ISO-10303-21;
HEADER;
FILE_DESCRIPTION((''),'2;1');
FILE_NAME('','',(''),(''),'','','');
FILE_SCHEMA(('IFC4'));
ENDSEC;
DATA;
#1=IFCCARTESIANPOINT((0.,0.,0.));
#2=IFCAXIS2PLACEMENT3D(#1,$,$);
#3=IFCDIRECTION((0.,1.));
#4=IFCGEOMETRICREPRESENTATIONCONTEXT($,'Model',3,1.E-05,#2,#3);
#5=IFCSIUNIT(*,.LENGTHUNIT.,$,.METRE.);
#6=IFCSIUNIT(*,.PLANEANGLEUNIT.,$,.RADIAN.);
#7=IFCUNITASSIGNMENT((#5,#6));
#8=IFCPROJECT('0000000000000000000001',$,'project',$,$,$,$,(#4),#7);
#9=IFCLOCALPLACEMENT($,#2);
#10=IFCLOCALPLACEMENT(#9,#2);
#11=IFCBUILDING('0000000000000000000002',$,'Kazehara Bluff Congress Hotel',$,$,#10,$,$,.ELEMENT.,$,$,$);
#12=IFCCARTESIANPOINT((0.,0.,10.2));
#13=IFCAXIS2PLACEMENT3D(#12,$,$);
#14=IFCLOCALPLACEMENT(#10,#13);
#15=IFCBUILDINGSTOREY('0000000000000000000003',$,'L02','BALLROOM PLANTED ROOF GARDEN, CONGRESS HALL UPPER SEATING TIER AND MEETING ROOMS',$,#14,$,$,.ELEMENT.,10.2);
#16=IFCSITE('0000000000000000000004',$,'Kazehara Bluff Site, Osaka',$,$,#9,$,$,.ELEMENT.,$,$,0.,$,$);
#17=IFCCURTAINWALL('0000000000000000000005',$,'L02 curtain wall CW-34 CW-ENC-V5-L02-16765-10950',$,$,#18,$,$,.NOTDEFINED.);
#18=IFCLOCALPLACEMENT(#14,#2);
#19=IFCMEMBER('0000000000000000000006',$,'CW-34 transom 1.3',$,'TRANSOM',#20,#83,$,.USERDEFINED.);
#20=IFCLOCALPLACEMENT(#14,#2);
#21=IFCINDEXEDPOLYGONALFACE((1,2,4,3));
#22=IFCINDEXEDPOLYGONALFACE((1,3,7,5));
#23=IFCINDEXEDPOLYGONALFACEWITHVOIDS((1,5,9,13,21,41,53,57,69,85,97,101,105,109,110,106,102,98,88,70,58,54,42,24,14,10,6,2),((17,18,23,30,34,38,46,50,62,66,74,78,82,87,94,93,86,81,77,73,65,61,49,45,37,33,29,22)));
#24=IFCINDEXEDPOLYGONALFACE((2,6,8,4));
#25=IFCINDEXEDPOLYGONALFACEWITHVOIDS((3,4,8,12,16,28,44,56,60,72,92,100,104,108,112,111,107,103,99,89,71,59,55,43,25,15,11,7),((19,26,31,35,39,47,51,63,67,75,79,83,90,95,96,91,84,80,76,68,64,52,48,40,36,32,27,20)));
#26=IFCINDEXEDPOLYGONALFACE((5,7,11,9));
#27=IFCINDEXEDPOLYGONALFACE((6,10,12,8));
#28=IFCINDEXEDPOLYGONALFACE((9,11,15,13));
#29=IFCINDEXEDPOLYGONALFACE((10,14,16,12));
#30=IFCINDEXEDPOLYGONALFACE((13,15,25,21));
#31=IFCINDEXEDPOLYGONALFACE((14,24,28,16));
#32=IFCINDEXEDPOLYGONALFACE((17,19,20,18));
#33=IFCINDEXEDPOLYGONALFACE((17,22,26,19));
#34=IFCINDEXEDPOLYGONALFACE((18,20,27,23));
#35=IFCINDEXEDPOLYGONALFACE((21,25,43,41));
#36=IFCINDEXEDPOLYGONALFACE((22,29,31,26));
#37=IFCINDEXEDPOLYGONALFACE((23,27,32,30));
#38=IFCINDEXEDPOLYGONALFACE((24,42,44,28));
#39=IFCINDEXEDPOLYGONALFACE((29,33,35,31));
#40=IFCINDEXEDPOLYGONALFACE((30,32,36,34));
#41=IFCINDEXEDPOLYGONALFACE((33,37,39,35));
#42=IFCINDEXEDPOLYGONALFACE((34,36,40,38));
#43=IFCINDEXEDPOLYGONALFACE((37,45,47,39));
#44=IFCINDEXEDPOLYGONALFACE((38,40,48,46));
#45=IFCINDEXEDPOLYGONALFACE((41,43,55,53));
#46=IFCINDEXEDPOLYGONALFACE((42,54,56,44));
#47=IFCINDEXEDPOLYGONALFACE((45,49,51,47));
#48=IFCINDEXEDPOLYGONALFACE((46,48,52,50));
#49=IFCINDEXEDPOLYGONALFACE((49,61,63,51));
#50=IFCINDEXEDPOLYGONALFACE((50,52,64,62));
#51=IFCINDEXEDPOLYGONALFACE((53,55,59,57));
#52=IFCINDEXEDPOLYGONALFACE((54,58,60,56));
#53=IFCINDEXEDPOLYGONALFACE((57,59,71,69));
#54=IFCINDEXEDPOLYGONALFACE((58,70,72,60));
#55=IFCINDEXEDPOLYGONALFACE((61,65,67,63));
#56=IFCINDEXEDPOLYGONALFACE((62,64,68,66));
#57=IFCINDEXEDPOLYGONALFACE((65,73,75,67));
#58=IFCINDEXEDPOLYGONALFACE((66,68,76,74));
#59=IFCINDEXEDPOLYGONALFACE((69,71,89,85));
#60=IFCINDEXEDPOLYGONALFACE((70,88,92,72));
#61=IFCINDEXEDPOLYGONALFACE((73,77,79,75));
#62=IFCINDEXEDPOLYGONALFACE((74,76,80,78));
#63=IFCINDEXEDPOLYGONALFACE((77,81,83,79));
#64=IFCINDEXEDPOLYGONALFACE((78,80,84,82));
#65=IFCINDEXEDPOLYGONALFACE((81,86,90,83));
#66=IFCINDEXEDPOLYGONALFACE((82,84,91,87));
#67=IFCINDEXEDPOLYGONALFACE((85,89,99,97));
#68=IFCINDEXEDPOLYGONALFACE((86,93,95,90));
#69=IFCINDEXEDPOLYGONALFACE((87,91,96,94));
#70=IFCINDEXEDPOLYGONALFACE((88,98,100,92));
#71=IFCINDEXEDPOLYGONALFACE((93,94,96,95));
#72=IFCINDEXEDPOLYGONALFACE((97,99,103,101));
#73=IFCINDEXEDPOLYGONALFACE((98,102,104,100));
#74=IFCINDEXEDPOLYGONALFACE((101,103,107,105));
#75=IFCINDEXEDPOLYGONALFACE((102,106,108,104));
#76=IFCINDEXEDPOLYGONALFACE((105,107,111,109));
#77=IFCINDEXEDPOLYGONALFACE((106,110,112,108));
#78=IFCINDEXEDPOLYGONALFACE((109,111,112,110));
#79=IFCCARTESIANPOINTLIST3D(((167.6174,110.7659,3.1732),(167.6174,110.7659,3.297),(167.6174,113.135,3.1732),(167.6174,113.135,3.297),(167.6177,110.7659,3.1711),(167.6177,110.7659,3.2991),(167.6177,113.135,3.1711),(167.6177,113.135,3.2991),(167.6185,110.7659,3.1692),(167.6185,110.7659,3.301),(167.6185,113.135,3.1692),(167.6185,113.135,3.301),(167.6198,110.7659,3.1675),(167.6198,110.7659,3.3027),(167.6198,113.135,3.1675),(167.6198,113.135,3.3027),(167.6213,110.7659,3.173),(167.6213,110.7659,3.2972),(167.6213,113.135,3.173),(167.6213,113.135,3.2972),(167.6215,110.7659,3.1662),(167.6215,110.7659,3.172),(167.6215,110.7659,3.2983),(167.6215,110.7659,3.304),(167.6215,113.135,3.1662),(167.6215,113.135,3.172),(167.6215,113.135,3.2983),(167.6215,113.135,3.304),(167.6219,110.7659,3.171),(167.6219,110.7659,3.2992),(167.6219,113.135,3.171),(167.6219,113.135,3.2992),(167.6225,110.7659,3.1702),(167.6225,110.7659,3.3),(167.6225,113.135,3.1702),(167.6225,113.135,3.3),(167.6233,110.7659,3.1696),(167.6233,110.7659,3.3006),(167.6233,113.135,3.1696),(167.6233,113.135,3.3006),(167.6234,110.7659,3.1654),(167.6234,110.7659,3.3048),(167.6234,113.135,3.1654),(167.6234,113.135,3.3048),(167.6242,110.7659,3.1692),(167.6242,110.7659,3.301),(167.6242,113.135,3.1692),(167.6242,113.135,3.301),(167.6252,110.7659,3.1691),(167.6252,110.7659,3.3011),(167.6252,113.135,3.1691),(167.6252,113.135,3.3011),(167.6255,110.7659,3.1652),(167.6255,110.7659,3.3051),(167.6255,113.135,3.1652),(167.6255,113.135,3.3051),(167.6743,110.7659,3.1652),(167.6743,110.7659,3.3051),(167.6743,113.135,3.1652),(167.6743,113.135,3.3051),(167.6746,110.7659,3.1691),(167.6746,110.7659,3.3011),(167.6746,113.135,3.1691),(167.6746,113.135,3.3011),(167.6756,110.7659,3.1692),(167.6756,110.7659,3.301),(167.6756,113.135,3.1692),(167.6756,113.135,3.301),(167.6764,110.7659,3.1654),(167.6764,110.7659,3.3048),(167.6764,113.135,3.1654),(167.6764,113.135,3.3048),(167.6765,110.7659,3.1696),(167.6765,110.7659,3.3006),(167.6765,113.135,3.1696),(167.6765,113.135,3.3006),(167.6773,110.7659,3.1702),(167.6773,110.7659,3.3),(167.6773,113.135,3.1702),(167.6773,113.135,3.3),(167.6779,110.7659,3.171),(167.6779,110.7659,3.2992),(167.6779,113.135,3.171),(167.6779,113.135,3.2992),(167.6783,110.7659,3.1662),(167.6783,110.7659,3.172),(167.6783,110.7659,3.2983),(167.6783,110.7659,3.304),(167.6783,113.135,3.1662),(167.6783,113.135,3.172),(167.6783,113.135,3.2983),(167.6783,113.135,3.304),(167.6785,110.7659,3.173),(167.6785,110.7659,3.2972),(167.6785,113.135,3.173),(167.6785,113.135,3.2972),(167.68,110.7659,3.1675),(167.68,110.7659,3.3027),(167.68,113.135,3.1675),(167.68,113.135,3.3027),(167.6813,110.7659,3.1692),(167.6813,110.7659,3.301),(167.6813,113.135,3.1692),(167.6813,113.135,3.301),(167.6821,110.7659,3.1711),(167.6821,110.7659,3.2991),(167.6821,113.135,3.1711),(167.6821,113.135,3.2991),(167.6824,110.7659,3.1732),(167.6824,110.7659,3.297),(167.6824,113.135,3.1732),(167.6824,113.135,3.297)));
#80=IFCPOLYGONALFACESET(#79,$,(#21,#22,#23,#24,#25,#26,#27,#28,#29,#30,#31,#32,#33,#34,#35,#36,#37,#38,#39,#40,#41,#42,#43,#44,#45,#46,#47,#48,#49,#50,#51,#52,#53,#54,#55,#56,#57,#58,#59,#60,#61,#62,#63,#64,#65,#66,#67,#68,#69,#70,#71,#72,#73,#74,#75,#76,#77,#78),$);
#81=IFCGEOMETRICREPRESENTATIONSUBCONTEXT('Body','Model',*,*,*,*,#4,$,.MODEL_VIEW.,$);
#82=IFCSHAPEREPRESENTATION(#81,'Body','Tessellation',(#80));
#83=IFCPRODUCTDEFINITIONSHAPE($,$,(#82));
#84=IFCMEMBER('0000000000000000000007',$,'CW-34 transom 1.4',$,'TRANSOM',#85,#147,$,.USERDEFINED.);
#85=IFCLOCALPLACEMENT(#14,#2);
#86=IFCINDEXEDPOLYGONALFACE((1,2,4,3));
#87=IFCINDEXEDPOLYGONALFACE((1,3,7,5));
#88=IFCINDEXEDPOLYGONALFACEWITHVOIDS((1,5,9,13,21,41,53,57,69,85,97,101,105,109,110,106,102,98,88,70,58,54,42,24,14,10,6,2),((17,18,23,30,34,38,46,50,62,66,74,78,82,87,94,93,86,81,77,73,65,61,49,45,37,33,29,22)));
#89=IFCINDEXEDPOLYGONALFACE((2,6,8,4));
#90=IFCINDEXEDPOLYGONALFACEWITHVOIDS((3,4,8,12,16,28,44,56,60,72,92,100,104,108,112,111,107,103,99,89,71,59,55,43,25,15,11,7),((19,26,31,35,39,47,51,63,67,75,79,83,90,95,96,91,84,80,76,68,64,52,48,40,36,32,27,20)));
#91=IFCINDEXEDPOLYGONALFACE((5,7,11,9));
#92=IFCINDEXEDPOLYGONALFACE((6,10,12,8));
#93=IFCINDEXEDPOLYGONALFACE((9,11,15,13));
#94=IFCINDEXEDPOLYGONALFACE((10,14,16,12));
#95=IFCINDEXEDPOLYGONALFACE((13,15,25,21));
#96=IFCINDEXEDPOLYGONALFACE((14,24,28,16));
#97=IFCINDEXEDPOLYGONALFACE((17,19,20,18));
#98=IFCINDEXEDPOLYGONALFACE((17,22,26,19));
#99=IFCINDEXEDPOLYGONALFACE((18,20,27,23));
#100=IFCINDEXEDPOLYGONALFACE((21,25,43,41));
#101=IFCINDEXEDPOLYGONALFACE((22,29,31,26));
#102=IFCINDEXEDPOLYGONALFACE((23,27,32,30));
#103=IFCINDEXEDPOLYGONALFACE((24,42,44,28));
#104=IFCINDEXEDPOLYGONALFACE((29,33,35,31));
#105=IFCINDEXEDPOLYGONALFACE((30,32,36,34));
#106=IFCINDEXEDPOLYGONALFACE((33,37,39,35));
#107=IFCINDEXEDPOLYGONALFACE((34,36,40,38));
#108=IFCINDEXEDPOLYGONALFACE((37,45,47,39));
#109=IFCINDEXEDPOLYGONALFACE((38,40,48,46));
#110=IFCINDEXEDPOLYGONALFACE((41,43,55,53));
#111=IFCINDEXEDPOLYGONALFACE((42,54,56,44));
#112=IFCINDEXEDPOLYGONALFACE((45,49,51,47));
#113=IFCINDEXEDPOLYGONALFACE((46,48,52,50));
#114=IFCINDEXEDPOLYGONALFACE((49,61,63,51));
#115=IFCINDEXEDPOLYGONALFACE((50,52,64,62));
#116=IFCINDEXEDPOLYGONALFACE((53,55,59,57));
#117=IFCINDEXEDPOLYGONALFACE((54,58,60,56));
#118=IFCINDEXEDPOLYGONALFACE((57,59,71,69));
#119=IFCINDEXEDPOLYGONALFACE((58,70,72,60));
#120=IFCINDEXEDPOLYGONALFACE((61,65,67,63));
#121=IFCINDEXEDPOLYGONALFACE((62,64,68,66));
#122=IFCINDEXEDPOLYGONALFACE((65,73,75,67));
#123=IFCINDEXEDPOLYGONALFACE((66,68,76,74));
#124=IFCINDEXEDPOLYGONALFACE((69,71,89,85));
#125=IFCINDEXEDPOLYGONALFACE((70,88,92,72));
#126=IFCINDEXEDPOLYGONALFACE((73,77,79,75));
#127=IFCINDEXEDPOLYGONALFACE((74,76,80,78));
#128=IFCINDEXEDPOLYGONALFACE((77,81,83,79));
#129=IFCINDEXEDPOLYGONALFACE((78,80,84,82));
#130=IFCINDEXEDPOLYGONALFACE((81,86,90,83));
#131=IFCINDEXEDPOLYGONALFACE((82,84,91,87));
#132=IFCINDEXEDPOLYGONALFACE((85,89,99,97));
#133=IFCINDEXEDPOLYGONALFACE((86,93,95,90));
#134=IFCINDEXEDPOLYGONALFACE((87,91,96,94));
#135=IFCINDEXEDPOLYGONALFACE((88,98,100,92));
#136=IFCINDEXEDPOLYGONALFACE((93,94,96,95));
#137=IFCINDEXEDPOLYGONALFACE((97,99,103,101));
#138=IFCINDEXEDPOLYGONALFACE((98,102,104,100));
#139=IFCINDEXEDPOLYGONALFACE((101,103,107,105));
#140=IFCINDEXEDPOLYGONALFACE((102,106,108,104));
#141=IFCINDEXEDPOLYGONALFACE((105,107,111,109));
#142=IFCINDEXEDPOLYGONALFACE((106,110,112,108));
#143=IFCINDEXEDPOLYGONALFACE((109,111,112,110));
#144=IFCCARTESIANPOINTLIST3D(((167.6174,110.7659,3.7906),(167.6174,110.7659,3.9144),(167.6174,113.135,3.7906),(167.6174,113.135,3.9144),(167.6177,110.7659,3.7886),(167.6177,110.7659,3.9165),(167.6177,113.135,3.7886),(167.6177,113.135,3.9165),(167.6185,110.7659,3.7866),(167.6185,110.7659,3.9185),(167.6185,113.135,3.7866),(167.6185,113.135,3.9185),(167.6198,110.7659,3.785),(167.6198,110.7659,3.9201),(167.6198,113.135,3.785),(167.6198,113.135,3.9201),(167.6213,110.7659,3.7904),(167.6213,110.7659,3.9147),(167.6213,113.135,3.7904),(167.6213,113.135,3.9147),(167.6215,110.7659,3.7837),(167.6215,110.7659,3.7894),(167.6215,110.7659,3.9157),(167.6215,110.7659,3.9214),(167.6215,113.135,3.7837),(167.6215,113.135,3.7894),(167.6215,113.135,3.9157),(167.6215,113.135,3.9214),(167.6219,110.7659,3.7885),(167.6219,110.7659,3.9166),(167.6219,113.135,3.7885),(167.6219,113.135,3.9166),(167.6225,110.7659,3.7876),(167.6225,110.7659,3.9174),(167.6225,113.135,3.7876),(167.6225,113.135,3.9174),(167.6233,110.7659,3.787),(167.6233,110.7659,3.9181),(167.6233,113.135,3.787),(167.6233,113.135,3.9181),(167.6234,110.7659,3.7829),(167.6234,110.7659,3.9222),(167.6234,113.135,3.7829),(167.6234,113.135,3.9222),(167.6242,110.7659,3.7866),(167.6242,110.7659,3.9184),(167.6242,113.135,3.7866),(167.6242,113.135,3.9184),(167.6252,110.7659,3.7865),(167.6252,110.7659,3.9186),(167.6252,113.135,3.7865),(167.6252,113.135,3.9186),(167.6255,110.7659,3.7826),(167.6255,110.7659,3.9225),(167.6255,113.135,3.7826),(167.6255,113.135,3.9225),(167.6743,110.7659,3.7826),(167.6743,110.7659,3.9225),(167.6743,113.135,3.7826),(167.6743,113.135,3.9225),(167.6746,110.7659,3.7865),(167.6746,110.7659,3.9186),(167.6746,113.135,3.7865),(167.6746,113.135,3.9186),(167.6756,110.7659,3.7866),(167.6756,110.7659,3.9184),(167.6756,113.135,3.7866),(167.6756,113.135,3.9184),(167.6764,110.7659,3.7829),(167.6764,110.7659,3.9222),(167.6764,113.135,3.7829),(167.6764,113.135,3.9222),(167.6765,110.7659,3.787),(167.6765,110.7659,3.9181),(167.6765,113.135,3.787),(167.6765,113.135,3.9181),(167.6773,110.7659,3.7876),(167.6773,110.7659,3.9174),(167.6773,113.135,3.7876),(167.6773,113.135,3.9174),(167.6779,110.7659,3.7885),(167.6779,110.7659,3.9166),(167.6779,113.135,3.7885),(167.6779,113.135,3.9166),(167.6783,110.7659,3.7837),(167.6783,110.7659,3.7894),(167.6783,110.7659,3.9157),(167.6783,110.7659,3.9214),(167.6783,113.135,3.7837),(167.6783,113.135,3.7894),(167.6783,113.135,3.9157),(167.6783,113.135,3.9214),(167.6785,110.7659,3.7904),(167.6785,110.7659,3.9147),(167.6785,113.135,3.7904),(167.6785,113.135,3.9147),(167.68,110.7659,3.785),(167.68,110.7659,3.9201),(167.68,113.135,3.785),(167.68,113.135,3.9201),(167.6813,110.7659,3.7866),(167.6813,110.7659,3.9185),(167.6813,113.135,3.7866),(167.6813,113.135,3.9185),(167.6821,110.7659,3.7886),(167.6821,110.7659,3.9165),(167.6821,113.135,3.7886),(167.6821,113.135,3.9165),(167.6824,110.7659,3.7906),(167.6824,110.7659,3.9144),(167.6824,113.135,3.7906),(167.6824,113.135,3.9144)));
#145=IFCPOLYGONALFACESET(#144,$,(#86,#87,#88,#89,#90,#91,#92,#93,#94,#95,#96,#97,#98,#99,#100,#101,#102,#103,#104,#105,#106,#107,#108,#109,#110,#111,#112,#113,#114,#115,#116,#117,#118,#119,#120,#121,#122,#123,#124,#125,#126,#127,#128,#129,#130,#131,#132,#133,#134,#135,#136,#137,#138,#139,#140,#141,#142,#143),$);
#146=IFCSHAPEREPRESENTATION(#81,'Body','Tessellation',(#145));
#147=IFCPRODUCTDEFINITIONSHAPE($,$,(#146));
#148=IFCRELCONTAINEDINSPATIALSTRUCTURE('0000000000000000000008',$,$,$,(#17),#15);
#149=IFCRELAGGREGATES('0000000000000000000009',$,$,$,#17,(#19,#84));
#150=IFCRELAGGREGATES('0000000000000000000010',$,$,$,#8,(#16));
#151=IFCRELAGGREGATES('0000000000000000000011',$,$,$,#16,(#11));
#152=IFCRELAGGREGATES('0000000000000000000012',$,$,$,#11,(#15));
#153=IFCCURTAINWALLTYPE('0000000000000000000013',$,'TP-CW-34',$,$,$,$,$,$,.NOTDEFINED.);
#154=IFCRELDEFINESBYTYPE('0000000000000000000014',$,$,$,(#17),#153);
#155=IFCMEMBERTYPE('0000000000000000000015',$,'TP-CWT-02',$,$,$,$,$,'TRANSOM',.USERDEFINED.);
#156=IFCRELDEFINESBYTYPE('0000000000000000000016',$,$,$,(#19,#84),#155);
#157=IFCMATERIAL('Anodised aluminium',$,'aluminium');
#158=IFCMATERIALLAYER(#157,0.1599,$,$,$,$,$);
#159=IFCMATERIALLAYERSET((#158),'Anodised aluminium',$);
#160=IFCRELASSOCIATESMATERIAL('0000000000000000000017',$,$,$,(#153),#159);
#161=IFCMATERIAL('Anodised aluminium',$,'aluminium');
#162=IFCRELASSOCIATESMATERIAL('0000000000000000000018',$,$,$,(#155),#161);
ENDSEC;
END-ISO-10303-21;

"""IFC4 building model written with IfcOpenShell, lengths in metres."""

from ifc_helpers import new_model, si_unit, direction, frame, origin, origin_2d, place, context, subcontext, project, spatial, hollow_rectangle, extrude, material, layer, layer_set, material_profile, profile_set, type_object, element, aggregate, save


model = new_model("IFC4")

# Units and contexts
model_context = context("Model", 3, precision=1e-05, world=origin(), true_north=direction((0.0, 1.0)))
body_context = subcontext(model_context, "Body", "Model", "MODEL_VIEW")
ifc_project = project(units=[si_unit("LENGTHUNIT", "METRE"), si_unit("PLANEANGLEUNIT", "RADIAN")], contexts=[model_context])

# Site, building, storey
site_placement = place(None, origin())
site = spatial("IfcSite", under=ifc_project, at=site_placement, Name="Kazehara Bluff Site, Osaka", CompositionType="ELEMENT", RefElevation=0.0)
building_placement = place(site_placement, origin())
building = spatial("IfcBuilding", under=site, at=building_placement, Name="Kazehara Bluff Congress Hotel", CompositionType="ELEMENT")
storey_placement = place(building_placement, frame((0.0, 0.0, 10.2)))
storey = spatial("IfcBuildingStorey", under=building, at=storey_placement, Name="L02", Description="BALLROOM PLANTED ROOF GARDEN, CONGRESS HALL UPPER SEATING TIER AND MEETING ROOMS", CompositionType="ELEMENT", Elevation=10.2)

# Curtain wall
ifc_material_1 = material(Name="Anodised aluminium", Category="aluminium")
ifc_layer_1 = layer(ifc_material_1, 0.1599)
ifc_layer_set_1 = layer_set([ifc_layer_1], Name="Anodised aluminium")
curtain_wall_type_1 = type_object("IfcCurtainWallType", Name="TP-CW-34", PredefinedType="NOTDEFINED", material=ifc_layer_set_1)
curtain_wall_1_placement = place(storey_placement, origin())
curtain_wall_1 = element("IfcCurtainWall", 1, at=curtain_wall_1_placement, inside=storey, type_object=curtain_wall_type_1, Name="L02 curtain wall CW-34 CW-ENC-V5-L02-16765-10950", PredefinedType="NOTDEFINED")

# Members
ifc_material_2 = material(Name="Anodised aluminium", Category="aluminium")
ifc_material_profile_1 = material_profile(ifc_material_2, hollow_rectangle(XDim=0.0649, YDim=0.1399, WallThickness=0.0039, InnerFilletRadius=0.0039, OuterFilletRadius=0.0081, at=origin_2d()))
ifc_profile_set_1 = profile_set([ifc_material_profile_1], Name="Anodised aluminium")
member_type_1 = type_object("IfcMemberType", Name="TP-CWT-02", ElementType="TRANSOM", PredefinedType="USERDEFINED", material=ifc_profile_set_1)
member_1_placement = place(storey_placement, frame((167.6499, 113.135, 3.2351), z_axis=(0.0, -1.0, 0.0), x_axis=(1.0, 0.0, 0.0)))
member_1 = element("IfcMember", 2, at=member_1_placement, type_object=member_type_1, Name="CW-34 transom 1.3", ObjectType="TRANSOM", PredefinedType="USERDEFINED", context=body_context, shape_type="SweptSolid", body=[
    extrude(hollow_rectangle(XDim=0.0649, YDim=0.1399, WallThickness=0.0039, InnerFilletRadius=0.0039, OuterFilletRadius=0.0081, at=origin_2d()), origin(), (0.0, 0.0, 1.0), 2.3691),
])
member_2_placement = place(storey_placement, frame((167.6499, 113.135, 3.8525), z_axis=(0.0, -1.0, 0.0), x_axis=(1.0, 0.0, 0.0)))
member_2 = element("IfcMember", 3, at=member_2_placement, type_object=member_type_1, Name="CW-34 transom 1.4", ObjectType="TRANSOM", PredefinedType="USERDEFINED", context=body_context, shape_type="SweptSolid", body=[
    extrude(hollow_rectangle(XDim=0.0649, YDim=0.1399, WallThickness=0.0039, InnerFilletRadius=0.0039, OuterFilletRadius=0.0081, at=origin_2d()), origin(), (0.0, 0.0, 1.0), 2.3691),
])

aggregate(curtain_wall_1, [member_1, member_2])

save(model, "model.ifc")
